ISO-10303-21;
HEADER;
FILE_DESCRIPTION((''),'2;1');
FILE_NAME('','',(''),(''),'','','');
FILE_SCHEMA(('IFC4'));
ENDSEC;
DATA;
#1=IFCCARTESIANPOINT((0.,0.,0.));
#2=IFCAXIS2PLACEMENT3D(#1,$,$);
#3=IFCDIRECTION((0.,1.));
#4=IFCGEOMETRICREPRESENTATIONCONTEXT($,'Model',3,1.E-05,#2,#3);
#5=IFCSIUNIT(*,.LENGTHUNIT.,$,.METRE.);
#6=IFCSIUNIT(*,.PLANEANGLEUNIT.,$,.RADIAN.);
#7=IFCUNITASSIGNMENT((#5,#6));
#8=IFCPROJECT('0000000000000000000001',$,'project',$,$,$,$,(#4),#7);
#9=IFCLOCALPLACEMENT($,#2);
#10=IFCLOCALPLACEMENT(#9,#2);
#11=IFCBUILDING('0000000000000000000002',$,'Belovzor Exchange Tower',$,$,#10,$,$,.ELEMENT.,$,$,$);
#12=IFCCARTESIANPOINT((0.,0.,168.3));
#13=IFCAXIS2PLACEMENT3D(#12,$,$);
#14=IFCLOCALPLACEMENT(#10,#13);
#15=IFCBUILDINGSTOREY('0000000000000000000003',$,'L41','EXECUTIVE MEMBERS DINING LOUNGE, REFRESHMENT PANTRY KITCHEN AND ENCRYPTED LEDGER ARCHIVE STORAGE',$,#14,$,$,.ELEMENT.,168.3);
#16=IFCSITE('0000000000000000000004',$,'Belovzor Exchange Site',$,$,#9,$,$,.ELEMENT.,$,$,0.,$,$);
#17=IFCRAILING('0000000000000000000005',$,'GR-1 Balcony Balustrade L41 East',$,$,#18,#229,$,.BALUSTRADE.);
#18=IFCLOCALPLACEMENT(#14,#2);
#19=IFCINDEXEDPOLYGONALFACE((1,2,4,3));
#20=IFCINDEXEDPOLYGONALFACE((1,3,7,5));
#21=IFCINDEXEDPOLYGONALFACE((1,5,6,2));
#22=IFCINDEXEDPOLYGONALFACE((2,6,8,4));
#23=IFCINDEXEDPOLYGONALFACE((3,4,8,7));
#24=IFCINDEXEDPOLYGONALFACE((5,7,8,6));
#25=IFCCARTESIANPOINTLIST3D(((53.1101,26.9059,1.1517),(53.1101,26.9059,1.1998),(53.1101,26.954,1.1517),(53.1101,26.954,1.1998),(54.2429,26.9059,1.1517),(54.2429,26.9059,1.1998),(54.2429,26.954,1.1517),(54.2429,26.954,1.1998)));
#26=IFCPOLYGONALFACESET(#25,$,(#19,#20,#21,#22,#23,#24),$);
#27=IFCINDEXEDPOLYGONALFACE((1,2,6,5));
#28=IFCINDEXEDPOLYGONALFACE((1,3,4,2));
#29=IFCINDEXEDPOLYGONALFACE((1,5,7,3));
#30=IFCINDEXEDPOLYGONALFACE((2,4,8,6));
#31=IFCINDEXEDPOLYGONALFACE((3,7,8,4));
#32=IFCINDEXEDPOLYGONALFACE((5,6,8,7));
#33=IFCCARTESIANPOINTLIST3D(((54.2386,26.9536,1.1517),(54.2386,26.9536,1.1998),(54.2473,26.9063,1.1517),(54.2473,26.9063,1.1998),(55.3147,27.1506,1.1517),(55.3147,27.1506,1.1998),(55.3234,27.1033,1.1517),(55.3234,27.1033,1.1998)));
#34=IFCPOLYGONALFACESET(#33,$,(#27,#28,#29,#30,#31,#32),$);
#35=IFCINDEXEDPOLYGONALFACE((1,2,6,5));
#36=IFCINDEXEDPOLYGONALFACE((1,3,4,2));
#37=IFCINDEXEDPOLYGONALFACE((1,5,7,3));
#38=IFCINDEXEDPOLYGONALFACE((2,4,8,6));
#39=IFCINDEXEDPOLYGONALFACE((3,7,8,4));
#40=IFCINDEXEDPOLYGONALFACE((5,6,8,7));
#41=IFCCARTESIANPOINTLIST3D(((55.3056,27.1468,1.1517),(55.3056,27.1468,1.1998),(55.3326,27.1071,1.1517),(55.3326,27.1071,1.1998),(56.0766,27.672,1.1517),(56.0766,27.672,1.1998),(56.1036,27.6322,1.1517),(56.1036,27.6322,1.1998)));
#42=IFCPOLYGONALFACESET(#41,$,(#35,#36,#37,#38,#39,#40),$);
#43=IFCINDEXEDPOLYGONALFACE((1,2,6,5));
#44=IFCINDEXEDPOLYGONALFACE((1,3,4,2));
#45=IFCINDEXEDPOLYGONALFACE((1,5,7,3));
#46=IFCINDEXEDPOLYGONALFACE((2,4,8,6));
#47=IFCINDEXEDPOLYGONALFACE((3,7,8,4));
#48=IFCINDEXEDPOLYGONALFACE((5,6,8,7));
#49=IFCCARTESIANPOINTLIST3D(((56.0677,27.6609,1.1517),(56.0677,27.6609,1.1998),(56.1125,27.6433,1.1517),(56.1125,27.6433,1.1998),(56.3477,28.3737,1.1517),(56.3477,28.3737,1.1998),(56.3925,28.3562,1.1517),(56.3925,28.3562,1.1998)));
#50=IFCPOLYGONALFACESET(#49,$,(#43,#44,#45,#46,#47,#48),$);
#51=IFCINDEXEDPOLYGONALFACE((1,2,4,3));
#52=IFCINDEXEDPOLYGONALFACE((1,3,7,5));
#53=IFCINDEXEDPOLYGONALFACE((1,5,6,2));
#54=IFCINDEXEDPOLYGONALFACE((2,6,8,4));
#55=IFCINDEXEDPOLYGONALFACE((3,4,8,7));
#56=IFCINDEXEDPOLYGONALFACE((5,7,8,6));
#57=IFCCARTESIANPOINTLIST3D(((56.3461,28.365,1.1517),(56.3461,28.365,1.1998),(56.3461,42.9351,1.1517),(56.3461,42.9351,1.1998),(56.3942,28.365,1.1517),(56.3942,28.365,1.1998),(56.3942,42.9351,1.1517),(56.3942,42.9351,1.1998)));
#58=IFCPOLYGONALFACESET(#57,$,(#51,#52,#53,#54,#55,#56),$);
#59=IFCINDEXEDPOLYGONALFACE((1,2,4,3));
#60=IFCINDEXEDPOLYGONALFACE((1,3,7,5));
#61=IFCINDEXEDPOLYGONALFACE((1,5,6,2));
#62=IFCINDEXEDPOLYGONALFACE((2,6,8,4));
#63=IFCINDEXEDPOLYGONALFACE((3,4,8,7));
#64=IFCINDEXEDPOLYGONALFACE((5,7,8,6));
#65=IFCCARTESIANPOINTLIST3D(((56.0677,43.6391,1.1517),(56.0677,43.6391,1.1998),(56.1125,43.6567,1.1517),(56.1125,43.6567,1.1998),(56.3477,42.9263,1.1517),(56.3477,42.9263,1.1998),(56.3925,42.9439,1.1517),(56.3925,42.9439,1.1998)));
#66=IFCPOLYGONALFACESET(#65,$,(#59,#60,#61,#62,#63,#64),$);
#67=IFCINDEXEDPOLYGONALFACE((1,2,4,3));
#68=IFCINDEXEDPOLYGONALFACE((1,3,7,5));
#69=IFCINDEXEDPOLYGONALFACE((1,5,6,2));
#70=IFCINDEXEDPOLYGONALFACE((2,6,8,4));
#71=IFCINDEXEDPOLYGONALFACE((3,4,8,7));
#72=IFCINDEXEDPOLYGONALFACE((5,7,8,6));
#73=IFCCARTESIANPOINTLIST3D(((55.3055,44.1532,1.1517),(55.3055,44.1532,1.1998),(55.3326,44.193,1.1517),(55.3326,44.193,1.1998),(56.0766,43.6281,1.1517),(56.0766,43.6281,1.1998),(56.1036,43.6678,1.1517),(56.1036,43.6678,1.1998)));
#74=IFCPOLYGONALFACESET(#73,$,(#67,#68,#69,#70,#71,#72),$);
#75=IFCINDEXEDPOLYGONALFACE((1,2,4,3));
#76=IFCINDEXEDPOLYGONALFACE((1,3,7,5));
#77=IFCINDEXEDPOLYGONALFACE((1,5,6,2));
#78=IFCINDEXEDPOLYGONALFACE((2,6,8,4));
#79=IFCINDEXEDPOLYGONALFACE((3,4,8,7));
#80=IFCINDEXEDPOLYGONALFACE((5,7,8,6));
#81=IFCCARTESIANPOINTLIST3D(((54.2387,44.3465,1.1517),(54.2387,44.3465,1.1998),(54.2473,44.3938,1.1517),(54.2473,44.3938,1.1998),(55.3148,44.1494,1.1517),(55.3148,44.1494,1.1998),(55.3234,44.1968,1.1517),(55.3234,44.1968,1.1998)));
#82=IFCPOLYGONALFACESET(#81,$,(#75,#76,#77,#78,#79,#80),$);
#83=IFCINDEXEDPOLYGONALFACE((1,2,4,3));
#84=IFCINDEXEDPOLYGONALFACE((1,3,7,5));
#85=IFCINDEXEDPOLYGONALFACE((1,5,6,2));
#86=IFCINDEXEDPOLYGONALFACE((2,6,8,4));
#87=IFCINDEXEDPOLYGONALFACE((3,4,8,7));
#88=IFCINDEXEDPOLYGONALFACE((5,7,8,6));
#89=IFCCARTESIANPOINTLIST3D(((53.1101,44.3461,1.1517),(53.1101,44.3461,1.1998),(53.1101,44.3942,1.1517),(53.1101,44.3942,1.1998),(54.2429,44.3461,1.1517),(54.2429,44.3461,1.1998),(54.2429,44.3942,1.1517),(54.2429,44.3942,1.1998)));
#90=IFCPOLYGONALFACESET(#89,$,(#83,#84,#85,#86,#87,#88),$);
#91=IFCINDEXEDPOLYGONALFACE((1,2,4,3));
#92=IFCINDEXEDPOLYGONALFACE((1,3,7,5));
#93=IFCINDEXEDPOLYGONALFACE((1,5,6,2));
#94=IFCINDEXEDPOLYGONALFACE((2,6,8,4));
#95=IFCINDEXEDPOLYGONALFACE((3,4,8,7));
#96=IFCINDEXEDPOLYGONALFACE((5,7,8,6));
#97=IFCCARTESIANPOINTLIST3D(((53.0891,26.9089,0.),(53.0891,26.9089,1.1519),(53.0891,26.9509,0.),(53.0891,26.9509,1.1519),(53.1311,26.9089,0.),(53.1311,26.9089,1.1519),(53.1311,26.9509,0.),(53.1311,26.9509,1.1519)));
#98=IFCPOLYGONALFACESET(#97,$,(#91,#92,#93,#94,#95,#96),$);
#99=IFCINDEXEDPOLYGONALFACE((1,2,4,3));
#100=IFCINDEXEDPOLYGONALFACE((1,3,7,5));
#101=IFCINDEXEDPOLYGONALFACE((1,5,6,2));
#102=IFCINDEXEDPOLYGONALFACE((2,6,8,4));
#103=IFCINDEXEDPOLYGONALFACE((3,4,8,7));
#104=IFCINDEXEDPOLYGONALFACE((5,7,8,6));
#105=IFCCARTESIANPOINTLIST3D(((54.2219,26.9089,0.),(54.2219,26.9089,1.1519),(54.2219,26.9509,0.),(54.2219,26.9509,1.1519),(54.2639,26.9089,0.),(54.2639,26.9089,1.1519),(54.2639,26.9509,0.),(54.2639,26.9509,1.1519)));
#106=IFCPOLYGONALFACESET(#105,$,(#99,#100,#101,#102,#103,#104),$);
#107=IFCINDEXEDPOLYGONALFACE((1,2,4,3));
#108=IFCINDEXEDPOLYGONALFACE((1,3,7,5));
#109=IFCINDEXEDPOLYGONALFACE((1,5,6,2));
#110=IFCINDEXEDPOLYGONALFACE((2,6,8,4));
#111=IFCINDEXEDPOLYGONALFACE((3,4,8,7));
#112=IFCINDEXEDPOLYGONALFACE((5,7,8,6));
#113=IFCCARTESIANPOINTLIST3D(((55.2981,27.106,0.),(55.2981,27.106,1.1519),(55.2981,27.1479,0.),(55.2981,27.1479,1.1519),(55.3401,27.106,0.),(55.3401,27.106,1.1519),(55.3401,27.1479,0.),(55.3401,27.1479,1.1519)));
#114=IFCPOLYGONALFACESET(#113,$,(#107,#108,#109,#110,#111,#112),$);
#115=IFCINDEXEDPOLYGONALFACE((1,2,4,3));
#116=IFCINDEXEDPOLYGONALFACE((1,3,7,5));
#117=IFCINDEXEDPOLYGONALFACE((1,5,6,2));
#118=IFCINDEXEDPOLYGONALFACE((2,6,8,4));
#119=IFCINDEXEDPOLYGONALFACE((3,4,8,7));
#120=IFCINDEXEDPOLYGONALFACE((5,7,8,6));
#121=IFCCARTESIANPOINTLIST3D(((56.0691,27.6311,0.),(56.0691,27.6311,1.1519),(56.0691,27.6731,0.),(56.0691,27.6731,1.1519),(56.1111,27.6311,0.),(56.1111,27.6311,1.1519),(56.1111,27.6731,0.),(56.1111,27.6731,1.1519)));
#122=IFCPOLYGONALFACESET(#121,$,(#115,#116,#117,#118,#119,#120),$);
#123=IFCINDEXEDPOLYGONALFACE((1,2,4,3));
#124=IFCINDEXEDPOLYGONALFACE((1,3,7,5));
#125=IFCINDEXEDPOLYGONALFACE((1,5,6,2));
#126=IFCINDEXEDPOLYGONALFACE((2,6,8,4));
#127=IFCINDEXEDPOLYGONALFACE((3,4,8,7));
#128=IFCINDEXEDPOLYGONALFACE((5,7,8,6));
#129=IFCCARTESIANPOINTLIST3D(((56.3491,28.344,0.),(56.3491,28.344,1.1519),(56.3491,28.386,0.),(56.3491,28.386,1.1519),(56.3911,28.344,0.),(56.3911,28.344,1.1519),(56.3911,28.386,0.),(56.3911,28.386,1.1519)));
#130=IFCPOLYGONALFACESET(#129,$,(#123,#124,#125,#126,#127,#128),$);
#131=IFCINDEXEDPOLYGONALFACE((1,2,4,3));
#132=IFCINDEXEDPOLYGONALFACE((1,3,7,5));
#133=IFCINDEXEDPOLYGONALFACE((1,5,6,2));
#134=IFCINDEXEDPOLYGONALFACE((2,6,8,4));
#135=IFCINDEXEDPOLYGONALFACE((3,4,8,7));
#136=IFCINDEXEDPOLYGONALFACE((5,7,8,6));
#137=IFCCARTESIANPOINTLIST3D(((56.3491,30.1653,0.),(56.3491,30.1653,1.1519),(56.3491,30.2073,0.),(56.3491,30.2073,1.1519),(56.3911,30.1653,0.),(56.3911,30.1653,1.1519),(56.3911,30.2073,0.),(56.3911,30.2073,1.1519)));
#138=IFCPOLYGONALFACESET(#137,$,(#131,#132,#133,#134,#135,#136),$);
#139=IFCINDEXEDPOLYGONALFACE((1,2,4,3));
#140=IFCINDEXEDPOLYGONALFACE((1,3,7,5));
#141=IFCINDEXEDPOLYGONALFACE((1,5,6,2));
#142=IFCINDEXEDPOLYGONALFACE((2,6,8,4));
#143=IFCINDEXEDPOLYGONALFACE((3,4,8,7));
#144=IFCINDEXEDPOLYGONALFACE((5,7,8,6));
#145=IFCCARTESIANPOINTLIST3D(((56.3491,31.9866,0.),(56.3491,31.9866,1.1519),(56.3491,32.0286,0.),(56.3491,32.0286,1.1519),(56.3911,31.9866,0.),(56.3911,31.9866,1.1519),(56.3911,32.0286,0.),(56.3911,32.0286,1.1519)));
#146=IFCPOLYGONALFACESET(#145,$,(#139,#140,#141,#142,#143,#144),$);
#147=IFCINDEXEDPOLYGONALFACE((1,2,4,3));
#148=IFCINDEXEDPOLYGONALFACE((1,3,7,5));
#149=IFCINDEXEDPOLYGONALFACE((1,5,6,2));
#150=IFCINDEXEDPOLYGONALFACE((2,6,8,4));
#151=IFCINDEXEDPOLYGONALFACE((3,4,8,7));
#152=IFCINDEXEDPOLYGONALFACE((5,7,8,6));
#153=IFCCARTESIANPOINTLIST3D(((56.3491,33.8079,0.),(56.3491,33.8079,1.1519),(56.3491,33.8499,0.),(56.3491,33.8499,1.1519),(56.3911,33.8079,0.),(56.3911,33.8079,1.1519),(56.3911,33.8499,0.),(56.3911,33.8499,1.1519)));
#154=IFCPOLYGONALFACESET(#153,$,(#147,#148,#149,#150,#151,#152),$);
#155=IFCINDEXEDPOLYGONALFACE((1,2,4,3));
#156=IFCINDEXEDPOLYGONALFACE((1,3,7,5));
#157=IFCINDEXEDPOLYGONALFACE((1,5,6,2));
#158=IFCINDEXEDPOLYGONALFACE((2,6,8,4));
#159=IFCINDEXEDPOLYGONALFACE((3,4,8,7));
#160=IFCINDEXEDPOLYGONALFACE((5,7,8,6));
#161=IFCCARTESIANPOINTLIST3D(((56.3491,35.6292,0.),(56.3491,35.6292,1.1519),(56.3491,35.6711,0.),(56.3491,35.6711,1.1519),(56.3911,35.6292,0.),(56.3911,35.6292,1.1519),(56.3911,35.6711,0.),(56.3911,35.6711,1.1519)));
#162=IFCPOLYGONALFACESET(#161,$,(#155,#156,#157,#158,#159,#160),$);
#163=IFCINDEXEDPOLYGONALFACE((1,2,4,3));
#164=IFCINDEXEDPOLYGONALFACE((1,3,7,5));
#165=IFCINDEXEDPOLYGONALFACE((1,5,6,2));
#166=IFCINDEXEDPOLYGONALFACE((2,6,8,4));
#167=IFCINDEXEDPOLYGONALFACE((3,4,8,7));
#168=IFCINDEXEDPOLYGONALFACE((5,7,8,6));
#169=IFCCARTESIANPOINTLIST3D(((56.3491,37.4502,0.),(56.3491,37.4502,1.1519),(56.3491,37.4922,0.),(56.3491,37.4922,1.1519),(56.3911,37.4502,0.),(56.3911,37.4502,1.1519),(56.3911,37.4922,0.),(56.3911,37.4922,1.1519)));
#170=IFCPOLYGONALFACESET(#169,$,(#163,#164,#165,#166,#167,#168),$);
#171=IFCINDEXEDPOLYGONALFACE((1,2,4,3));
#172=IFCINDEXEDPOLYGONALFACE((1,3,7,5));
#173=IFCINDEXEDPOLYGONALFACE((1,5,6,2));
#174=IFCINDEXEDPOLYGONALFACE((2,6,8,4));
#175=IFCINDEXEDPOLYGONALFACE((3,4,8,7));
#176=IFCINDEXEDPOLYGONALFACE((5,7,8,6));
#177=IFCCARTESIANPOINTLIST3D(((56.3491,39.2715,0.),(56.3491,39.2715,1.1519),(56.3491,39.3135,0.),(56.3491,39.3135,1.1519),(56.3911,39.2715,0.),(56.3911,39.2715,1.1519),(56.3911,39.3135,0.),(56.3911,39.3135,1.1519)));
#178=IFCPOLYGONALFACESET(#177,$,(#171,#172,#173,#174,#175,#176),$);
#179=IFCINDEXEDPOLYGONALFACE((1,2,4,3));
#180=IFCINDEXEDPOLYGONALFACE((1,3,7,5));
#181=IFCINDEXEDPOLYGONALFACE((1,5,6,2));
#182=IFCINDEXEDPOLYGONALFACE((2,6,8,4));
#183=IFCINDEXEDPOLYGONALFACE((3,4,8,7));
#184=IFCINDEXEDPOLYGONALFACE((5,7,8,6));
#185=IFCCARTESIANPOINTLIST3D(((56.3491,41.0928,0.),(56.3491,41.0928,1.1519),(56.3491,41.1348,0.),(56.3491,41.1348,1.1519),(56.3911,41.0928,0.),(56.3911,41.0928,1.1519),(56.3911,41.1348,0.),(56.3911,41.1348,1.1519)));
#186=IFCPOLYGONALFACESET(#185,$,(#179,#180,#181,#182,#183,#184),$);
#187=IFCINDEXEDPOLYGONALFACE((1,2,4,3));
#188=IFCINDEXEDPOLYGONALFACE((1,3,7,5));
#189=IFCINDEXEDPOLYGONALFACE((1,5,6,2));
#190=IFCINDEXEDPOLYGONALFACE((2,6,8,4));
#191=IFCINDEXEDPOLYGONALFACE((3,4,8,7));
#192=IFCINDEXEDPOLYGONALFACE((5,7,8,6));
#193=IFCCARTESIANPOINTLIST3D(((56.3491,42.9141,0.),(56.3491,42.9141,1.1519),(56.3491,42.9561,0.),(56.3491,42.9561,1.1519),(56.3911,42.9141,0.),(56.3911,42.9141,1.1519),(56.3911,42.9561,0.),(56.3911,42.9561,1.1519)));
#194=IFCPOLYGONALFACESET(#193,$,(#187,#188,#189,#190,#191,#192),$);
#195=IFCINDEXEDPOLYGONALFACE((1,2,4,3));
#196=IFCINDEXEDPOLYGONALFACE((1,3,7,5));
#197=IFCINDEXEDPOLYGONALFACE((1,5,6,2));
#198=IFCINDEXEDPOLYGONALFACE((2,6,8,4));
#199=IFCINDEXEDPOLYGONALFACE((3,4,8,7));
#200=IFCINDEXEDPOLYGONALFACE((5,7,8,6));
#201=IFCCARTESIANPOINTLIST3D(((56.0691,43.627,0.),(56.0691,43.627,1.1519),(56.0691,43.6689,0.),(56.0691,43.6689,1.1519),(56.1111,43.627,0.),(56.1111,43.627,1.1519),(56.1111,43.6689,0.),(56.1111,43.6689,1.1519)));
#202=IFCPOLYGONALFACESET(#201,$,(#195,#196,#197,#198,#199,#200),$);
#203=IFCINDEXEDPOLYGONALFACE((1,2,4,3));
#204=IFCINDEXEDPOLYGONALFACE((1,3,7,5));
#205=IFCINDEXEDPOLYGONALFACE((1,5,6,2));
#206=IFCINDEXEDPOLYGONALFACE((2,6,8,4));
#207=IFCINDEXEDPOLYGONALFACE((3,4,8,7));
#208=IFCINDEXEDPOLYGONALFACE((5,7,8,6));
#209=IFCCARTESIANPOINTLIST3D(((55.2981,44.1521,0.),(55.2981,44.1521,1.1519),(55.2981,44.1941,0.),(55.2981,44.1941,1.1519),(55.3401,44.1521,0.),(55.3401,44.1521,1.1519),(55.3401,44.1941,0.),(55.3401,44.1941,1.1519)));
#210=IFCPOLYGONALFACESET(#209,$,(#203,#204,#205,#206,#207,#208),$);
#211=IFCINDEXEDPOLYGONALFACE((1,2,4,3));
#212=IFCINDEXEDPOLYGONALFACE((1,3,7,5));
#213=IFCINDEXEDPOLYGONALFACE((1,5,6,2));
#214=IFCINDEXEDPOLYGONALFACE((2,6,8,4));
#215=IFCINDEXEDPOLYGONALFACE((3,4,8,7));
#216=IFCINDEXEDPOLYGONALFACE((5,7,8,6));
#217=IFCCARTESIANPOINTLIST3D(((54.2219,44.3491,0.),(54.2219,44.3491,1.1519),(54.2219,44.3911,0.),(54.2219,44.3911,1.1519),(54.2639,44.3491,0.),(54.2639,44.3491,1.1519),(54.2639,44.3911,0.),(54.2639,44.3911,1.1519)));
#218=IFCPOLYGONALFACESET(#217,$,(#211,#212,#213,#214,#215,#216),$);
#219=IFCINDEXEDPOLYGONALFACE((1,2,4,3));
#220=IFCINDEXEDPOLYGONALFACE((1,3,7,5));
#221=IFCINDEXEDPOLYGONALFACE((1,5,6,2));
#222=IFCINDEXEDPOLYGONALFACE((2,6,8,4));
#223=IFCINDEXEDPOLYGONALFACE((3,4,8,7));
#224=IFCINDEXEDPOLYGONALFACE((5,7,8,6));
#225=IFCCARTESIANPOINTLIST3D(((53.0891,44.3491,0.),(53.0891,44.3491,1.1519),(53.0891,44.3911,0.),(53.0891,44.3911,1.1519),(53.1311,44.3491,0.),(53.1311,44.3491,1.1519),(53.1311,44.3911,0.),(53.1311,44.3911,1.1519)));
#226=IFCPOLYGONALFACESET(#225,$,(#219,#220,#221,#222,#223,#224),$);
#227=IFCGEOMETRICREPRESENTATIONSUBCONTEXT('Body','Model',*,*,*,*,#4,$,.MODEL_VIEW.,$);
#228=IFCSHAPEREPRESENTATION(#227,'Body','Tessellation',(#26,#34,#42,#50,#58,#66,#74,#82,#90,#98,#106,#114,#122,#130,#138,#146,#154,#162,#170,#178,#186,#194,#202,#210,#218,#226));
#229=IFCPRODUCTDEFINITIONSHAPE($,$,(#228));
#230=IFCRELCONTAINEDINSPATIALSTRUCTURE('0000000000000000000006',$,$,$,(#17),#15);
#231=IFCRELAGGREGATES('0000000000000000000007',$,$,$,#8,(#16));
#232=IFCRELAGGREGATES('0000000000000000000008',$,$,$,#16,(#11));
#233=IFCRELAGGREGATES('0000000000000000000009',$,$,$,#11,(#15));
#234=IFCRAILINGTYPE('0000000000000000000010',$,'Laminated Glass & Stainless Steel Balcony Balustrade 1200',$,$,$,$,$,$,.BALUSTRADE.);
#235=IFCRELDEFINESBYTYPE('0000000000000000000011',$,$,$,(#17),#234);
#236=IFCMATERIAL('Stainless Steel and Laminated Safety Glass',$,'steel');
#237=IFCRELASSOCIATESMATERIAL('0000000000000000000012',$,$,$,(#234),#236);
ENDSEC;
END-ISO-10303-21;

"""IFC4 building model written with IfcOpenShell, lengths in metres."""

from ifc_helpers import new_model, si_unit, direction, frame, origin, origin_2d, place, context, subcontext, project, spatial, rectangle, extrude, material, type_object, element, save


model = new_model("IFC4")

# Units and contexts
model_context = context("Model", 3, precision=1e-05, world=origin(), true_north=direction((0.0, 1.0)))
body_context = subcontext(model_context, "Body", "Model", "MODEL_VIEW")
ifc_project = project(units=[si_unit("LENGTHUNIT", "METRE"), si_unit("PLANEANGLEUNIT", "RADIAN")], contexts=[model_context])

# Site, building, storey
site_placement = place(None, origin())
site = spatial("IfcSite", under=ifc_project, at=site_placement, Name="Belovzor Exchange Site", CompositionType="ELEMENT", RefElevation=0.0)
building_placement = place(site_placement, origin())
building = spatial("IfcBuilding", under=site, at=building_placement, Name="Belovzor Exchange Tower", CompositionType="ELEMENT")
storey_placement = place(building_placement, frame((0.0, 0.0, 168.3)))
storey = spatial("IfcBuildingStorey", under=building, at=storey_placement, Name="L41", Description="EXECUTIVE MEMBERS DINING LOUNGE, REFRESHMENT PANTRY KITCHEN AND ENCRYPTED LEDGER ARCHIVE STORAGE", CompositionType="ELEMENT", Elevation=168.3)

# Railing
ifc_material_1 = material(Name="Stainless Steel and Laminated Safety Glass", Category="steel")
railing_type = type_object("IfcRailingType", Name="Laminated Glass & Stainless Steel Balcony Balustrade 1200", PredefinedType="BALUSTRADE", material=ifc_material_1)
railing_placement = place(storey_placement, frame((53.1101, 26.9299, 0.0)))
element("IfcRailing", 1, at=railing_placement, inside=storey, type_object=railing_type, Name="GR-1 Balcony Balustrade L41 East", PredefinedType="BALUSTRADE", context=body_context, shape_type="SweptSolid", body=[
    extrude(rectangle(XDim=0.0481, YDim=0.0481, at=origin_2d()), frame((0.0, 0.0, 1.1758), z_axis=(1.0, 0.0, 0.0), x_axis=(0.0, 1.0, 0.0)), (0.0, 0.0, 1.0), 1.1328),
    extrude(rectangle(XDim=0.0481, YDim=0.0481, at=origin_2d()), frame((1.1328, 0.0, 1.1758), z_axis=(0.983651, 0.180083, 0.0), x_axis=(-0.180083, 0.983651, 0.0)), (0.0, 0.0, 1.0), 1.094),
    extrude(rectangle(XDim=0.0481, YDim=0.0481, at=origin_2d()), frame((2.209, 0.197, 1.1758), z_axis=(0.826493, 0.562947, 0.0), x_axis=(-0.562947, 0.826493, 0.0)), (0.0, 0.0, 1.0), 0.9329),
    extrude(rectangle(XDim=0.0481, YDim=0.0481, at=origin_2d()), frame((2.98, 0.7222, 1.1758), z_axis=(0.365613, 0.930767, 0.0), x_axis=(-0.930767, 0.365613, 0.0)), (0.0, 0.0, 1.0), 0.7659),
    extrude(rectangle(XDim=0.0481, YDim=0.0481, at=origin_2d()), frame((3.26, 1.4351, 1.1758), z_axis=(0.0, 1.0, 0.0), x_axis=(-1.0, 0.0, 0.0)), (0.0, 0.0, 1.0), 14.5701),
    extrude(rectangle(XDim=0.0481, YDim=0.0481, at=origin_2d()), frame((3.26, 16.0051, 1.1758), z_axis=(-0.365613, 0.930767, 0.0), x_axis=(-0.930767, -0.365613, 0.0)), (0.0, 0.0, 1.0), 0.7659),
    extrude(rectangle(XDim=0.0481, YDim=0.0481, at=origin_2d()), frame((2.98, 16.718, 1.1758), z_axis=(-0.826493, 0.562947, 0.0), x_axis=(-0.562947, -0.826493, 0.0)), (0.0, 0.0, 1.0), 0.9329),
    extrude(rectangle(XDim=0.0481, YDim=0.0481, at=origin_2d()), frame((2.209, 17.2432, 1.1758), z_axis=(-0.983651, 0.180083, 0.0), x_axis=(-0.180083, -0.983651, 0.0)), (0.0, 0.0, 1.0), 1.094),
    extrude(rectangle(XDim=0.0481, YDim=0.0481, at=origin_2d()), frame((1.1328, 17.4402, 1.1758), z_axis=(-1.0, 0.0, 0.0), x_axis=(0.0, -1.0, 0.0)), (0.0, 0.0, 1.0), 1.1328),
    extrude(rectangle(XDim=0.042, YDim=0.042, at=origin_2d()), origin(), (0.0, 0.0, 1.0), 1.1519),
    extrude(rectangle(XDim=0.042, YDim=0.042, at=origin_2d()), frame((1.1328, 0.0, 0.0)), (0.0, 0.0, 1.0), 1.1519),
    extrude(rectangle(XDim=0.042, YDim=0.042, at=origin_2d()), frame((2.209, 0.197, 0.0)), (0.0, 0.0, 1.0), 1.1519),
    extrude(rectangle(XDim=0.042, YDim=0.042, at=origin_2d()), frame((2.98, 0.7222, 0.0)), (0.0, 0.0, 1.0), 1.1519),
    extrude(rectangle(XDim=0.042, YDim=0.042, at=origin_2d()), frame((3.26, 1.4351, 0.0)), (0.0, 0.0, 1.0), 1.1519),
    extrude(rectangle(XDim=0.042, YDim=0.042, at=origin_2d()), frame((3.26, 3.2563, 0.0)), (0.0, 0.0, 1.0), 1.1519),
    extrude(rectangle(XDim=0.042, YDim=0.042, at=origin_2d()), frame((3.26, 5.0776, 0.0)), (0.0, 0.0, 1.0), 1.1519),
    extrude(rectangle(XDim=0.042, YDim=0.042, at=origin_2d()), frame((3.26, 6.8989, 0.0)), (0.0, 0.0, 1.0), 1.1519),
    extrude(rectangle(XDim=0.042, YDim=0.042, at=origin_2d()), frame((3.26, 8.7202, 0.0)), (0.0, 0.0, 1.0), 1.1519),
    extrude(rectangle(XDim=0.042, YDim=0.042, at=origin_2d()), frame((3.26, 10.5413, 0.0)), (0.0, 0.0, 1.0), 1.1519),
    extrude(rectangle(XDim=0.042, YDim=0.042, at=origin_2d()), frame((3.26, 12.3625, 0.0)), (0.0, 0.0, 1.0), 1.1519),
    extrude(rectangle(XDim=0.042, YDim=0.042, at=origin_2d()), frame((3.26, 14.1838, 0.0)), (0.0, 0.0, 1.0), 1.1519),
    extrude(rectangle(XDim=0.042, YDim=0.042, at=origin_2d()), frame((3.26, 16.0051, 0.0)), (0.0, 0.0, 1.0), 1.1519),
    extrude(rectangle(XDim=0.042, YDim=0.042, at=origin_2d()), frame((2.98, 16.718, 0.0)), (0.0, 0.0, 1.0), 1.1519),
    extrude(rectangle(XDim=0.042, YDim=0.042, at=origin_2d()), frame((2.209, 17.2432, 0.0)), (0.0, 0.0, 1.0), 1.1519),
    extrude(rectangle(XDim=0.042, YDim=0.042, at=origin_2d()), frame((1.1328, 17.4402, 0.0)), (0.0, 0.0, 1.0), 1.1519),
    extrude(rectangle(XDim=0.042, YDim=0.042, at=origin_2d()), frame((0.0, 17.4402, 0.0)), (0.0, 0.0, 1.0), 1.1519),
])

save(model, "model.ifc")
